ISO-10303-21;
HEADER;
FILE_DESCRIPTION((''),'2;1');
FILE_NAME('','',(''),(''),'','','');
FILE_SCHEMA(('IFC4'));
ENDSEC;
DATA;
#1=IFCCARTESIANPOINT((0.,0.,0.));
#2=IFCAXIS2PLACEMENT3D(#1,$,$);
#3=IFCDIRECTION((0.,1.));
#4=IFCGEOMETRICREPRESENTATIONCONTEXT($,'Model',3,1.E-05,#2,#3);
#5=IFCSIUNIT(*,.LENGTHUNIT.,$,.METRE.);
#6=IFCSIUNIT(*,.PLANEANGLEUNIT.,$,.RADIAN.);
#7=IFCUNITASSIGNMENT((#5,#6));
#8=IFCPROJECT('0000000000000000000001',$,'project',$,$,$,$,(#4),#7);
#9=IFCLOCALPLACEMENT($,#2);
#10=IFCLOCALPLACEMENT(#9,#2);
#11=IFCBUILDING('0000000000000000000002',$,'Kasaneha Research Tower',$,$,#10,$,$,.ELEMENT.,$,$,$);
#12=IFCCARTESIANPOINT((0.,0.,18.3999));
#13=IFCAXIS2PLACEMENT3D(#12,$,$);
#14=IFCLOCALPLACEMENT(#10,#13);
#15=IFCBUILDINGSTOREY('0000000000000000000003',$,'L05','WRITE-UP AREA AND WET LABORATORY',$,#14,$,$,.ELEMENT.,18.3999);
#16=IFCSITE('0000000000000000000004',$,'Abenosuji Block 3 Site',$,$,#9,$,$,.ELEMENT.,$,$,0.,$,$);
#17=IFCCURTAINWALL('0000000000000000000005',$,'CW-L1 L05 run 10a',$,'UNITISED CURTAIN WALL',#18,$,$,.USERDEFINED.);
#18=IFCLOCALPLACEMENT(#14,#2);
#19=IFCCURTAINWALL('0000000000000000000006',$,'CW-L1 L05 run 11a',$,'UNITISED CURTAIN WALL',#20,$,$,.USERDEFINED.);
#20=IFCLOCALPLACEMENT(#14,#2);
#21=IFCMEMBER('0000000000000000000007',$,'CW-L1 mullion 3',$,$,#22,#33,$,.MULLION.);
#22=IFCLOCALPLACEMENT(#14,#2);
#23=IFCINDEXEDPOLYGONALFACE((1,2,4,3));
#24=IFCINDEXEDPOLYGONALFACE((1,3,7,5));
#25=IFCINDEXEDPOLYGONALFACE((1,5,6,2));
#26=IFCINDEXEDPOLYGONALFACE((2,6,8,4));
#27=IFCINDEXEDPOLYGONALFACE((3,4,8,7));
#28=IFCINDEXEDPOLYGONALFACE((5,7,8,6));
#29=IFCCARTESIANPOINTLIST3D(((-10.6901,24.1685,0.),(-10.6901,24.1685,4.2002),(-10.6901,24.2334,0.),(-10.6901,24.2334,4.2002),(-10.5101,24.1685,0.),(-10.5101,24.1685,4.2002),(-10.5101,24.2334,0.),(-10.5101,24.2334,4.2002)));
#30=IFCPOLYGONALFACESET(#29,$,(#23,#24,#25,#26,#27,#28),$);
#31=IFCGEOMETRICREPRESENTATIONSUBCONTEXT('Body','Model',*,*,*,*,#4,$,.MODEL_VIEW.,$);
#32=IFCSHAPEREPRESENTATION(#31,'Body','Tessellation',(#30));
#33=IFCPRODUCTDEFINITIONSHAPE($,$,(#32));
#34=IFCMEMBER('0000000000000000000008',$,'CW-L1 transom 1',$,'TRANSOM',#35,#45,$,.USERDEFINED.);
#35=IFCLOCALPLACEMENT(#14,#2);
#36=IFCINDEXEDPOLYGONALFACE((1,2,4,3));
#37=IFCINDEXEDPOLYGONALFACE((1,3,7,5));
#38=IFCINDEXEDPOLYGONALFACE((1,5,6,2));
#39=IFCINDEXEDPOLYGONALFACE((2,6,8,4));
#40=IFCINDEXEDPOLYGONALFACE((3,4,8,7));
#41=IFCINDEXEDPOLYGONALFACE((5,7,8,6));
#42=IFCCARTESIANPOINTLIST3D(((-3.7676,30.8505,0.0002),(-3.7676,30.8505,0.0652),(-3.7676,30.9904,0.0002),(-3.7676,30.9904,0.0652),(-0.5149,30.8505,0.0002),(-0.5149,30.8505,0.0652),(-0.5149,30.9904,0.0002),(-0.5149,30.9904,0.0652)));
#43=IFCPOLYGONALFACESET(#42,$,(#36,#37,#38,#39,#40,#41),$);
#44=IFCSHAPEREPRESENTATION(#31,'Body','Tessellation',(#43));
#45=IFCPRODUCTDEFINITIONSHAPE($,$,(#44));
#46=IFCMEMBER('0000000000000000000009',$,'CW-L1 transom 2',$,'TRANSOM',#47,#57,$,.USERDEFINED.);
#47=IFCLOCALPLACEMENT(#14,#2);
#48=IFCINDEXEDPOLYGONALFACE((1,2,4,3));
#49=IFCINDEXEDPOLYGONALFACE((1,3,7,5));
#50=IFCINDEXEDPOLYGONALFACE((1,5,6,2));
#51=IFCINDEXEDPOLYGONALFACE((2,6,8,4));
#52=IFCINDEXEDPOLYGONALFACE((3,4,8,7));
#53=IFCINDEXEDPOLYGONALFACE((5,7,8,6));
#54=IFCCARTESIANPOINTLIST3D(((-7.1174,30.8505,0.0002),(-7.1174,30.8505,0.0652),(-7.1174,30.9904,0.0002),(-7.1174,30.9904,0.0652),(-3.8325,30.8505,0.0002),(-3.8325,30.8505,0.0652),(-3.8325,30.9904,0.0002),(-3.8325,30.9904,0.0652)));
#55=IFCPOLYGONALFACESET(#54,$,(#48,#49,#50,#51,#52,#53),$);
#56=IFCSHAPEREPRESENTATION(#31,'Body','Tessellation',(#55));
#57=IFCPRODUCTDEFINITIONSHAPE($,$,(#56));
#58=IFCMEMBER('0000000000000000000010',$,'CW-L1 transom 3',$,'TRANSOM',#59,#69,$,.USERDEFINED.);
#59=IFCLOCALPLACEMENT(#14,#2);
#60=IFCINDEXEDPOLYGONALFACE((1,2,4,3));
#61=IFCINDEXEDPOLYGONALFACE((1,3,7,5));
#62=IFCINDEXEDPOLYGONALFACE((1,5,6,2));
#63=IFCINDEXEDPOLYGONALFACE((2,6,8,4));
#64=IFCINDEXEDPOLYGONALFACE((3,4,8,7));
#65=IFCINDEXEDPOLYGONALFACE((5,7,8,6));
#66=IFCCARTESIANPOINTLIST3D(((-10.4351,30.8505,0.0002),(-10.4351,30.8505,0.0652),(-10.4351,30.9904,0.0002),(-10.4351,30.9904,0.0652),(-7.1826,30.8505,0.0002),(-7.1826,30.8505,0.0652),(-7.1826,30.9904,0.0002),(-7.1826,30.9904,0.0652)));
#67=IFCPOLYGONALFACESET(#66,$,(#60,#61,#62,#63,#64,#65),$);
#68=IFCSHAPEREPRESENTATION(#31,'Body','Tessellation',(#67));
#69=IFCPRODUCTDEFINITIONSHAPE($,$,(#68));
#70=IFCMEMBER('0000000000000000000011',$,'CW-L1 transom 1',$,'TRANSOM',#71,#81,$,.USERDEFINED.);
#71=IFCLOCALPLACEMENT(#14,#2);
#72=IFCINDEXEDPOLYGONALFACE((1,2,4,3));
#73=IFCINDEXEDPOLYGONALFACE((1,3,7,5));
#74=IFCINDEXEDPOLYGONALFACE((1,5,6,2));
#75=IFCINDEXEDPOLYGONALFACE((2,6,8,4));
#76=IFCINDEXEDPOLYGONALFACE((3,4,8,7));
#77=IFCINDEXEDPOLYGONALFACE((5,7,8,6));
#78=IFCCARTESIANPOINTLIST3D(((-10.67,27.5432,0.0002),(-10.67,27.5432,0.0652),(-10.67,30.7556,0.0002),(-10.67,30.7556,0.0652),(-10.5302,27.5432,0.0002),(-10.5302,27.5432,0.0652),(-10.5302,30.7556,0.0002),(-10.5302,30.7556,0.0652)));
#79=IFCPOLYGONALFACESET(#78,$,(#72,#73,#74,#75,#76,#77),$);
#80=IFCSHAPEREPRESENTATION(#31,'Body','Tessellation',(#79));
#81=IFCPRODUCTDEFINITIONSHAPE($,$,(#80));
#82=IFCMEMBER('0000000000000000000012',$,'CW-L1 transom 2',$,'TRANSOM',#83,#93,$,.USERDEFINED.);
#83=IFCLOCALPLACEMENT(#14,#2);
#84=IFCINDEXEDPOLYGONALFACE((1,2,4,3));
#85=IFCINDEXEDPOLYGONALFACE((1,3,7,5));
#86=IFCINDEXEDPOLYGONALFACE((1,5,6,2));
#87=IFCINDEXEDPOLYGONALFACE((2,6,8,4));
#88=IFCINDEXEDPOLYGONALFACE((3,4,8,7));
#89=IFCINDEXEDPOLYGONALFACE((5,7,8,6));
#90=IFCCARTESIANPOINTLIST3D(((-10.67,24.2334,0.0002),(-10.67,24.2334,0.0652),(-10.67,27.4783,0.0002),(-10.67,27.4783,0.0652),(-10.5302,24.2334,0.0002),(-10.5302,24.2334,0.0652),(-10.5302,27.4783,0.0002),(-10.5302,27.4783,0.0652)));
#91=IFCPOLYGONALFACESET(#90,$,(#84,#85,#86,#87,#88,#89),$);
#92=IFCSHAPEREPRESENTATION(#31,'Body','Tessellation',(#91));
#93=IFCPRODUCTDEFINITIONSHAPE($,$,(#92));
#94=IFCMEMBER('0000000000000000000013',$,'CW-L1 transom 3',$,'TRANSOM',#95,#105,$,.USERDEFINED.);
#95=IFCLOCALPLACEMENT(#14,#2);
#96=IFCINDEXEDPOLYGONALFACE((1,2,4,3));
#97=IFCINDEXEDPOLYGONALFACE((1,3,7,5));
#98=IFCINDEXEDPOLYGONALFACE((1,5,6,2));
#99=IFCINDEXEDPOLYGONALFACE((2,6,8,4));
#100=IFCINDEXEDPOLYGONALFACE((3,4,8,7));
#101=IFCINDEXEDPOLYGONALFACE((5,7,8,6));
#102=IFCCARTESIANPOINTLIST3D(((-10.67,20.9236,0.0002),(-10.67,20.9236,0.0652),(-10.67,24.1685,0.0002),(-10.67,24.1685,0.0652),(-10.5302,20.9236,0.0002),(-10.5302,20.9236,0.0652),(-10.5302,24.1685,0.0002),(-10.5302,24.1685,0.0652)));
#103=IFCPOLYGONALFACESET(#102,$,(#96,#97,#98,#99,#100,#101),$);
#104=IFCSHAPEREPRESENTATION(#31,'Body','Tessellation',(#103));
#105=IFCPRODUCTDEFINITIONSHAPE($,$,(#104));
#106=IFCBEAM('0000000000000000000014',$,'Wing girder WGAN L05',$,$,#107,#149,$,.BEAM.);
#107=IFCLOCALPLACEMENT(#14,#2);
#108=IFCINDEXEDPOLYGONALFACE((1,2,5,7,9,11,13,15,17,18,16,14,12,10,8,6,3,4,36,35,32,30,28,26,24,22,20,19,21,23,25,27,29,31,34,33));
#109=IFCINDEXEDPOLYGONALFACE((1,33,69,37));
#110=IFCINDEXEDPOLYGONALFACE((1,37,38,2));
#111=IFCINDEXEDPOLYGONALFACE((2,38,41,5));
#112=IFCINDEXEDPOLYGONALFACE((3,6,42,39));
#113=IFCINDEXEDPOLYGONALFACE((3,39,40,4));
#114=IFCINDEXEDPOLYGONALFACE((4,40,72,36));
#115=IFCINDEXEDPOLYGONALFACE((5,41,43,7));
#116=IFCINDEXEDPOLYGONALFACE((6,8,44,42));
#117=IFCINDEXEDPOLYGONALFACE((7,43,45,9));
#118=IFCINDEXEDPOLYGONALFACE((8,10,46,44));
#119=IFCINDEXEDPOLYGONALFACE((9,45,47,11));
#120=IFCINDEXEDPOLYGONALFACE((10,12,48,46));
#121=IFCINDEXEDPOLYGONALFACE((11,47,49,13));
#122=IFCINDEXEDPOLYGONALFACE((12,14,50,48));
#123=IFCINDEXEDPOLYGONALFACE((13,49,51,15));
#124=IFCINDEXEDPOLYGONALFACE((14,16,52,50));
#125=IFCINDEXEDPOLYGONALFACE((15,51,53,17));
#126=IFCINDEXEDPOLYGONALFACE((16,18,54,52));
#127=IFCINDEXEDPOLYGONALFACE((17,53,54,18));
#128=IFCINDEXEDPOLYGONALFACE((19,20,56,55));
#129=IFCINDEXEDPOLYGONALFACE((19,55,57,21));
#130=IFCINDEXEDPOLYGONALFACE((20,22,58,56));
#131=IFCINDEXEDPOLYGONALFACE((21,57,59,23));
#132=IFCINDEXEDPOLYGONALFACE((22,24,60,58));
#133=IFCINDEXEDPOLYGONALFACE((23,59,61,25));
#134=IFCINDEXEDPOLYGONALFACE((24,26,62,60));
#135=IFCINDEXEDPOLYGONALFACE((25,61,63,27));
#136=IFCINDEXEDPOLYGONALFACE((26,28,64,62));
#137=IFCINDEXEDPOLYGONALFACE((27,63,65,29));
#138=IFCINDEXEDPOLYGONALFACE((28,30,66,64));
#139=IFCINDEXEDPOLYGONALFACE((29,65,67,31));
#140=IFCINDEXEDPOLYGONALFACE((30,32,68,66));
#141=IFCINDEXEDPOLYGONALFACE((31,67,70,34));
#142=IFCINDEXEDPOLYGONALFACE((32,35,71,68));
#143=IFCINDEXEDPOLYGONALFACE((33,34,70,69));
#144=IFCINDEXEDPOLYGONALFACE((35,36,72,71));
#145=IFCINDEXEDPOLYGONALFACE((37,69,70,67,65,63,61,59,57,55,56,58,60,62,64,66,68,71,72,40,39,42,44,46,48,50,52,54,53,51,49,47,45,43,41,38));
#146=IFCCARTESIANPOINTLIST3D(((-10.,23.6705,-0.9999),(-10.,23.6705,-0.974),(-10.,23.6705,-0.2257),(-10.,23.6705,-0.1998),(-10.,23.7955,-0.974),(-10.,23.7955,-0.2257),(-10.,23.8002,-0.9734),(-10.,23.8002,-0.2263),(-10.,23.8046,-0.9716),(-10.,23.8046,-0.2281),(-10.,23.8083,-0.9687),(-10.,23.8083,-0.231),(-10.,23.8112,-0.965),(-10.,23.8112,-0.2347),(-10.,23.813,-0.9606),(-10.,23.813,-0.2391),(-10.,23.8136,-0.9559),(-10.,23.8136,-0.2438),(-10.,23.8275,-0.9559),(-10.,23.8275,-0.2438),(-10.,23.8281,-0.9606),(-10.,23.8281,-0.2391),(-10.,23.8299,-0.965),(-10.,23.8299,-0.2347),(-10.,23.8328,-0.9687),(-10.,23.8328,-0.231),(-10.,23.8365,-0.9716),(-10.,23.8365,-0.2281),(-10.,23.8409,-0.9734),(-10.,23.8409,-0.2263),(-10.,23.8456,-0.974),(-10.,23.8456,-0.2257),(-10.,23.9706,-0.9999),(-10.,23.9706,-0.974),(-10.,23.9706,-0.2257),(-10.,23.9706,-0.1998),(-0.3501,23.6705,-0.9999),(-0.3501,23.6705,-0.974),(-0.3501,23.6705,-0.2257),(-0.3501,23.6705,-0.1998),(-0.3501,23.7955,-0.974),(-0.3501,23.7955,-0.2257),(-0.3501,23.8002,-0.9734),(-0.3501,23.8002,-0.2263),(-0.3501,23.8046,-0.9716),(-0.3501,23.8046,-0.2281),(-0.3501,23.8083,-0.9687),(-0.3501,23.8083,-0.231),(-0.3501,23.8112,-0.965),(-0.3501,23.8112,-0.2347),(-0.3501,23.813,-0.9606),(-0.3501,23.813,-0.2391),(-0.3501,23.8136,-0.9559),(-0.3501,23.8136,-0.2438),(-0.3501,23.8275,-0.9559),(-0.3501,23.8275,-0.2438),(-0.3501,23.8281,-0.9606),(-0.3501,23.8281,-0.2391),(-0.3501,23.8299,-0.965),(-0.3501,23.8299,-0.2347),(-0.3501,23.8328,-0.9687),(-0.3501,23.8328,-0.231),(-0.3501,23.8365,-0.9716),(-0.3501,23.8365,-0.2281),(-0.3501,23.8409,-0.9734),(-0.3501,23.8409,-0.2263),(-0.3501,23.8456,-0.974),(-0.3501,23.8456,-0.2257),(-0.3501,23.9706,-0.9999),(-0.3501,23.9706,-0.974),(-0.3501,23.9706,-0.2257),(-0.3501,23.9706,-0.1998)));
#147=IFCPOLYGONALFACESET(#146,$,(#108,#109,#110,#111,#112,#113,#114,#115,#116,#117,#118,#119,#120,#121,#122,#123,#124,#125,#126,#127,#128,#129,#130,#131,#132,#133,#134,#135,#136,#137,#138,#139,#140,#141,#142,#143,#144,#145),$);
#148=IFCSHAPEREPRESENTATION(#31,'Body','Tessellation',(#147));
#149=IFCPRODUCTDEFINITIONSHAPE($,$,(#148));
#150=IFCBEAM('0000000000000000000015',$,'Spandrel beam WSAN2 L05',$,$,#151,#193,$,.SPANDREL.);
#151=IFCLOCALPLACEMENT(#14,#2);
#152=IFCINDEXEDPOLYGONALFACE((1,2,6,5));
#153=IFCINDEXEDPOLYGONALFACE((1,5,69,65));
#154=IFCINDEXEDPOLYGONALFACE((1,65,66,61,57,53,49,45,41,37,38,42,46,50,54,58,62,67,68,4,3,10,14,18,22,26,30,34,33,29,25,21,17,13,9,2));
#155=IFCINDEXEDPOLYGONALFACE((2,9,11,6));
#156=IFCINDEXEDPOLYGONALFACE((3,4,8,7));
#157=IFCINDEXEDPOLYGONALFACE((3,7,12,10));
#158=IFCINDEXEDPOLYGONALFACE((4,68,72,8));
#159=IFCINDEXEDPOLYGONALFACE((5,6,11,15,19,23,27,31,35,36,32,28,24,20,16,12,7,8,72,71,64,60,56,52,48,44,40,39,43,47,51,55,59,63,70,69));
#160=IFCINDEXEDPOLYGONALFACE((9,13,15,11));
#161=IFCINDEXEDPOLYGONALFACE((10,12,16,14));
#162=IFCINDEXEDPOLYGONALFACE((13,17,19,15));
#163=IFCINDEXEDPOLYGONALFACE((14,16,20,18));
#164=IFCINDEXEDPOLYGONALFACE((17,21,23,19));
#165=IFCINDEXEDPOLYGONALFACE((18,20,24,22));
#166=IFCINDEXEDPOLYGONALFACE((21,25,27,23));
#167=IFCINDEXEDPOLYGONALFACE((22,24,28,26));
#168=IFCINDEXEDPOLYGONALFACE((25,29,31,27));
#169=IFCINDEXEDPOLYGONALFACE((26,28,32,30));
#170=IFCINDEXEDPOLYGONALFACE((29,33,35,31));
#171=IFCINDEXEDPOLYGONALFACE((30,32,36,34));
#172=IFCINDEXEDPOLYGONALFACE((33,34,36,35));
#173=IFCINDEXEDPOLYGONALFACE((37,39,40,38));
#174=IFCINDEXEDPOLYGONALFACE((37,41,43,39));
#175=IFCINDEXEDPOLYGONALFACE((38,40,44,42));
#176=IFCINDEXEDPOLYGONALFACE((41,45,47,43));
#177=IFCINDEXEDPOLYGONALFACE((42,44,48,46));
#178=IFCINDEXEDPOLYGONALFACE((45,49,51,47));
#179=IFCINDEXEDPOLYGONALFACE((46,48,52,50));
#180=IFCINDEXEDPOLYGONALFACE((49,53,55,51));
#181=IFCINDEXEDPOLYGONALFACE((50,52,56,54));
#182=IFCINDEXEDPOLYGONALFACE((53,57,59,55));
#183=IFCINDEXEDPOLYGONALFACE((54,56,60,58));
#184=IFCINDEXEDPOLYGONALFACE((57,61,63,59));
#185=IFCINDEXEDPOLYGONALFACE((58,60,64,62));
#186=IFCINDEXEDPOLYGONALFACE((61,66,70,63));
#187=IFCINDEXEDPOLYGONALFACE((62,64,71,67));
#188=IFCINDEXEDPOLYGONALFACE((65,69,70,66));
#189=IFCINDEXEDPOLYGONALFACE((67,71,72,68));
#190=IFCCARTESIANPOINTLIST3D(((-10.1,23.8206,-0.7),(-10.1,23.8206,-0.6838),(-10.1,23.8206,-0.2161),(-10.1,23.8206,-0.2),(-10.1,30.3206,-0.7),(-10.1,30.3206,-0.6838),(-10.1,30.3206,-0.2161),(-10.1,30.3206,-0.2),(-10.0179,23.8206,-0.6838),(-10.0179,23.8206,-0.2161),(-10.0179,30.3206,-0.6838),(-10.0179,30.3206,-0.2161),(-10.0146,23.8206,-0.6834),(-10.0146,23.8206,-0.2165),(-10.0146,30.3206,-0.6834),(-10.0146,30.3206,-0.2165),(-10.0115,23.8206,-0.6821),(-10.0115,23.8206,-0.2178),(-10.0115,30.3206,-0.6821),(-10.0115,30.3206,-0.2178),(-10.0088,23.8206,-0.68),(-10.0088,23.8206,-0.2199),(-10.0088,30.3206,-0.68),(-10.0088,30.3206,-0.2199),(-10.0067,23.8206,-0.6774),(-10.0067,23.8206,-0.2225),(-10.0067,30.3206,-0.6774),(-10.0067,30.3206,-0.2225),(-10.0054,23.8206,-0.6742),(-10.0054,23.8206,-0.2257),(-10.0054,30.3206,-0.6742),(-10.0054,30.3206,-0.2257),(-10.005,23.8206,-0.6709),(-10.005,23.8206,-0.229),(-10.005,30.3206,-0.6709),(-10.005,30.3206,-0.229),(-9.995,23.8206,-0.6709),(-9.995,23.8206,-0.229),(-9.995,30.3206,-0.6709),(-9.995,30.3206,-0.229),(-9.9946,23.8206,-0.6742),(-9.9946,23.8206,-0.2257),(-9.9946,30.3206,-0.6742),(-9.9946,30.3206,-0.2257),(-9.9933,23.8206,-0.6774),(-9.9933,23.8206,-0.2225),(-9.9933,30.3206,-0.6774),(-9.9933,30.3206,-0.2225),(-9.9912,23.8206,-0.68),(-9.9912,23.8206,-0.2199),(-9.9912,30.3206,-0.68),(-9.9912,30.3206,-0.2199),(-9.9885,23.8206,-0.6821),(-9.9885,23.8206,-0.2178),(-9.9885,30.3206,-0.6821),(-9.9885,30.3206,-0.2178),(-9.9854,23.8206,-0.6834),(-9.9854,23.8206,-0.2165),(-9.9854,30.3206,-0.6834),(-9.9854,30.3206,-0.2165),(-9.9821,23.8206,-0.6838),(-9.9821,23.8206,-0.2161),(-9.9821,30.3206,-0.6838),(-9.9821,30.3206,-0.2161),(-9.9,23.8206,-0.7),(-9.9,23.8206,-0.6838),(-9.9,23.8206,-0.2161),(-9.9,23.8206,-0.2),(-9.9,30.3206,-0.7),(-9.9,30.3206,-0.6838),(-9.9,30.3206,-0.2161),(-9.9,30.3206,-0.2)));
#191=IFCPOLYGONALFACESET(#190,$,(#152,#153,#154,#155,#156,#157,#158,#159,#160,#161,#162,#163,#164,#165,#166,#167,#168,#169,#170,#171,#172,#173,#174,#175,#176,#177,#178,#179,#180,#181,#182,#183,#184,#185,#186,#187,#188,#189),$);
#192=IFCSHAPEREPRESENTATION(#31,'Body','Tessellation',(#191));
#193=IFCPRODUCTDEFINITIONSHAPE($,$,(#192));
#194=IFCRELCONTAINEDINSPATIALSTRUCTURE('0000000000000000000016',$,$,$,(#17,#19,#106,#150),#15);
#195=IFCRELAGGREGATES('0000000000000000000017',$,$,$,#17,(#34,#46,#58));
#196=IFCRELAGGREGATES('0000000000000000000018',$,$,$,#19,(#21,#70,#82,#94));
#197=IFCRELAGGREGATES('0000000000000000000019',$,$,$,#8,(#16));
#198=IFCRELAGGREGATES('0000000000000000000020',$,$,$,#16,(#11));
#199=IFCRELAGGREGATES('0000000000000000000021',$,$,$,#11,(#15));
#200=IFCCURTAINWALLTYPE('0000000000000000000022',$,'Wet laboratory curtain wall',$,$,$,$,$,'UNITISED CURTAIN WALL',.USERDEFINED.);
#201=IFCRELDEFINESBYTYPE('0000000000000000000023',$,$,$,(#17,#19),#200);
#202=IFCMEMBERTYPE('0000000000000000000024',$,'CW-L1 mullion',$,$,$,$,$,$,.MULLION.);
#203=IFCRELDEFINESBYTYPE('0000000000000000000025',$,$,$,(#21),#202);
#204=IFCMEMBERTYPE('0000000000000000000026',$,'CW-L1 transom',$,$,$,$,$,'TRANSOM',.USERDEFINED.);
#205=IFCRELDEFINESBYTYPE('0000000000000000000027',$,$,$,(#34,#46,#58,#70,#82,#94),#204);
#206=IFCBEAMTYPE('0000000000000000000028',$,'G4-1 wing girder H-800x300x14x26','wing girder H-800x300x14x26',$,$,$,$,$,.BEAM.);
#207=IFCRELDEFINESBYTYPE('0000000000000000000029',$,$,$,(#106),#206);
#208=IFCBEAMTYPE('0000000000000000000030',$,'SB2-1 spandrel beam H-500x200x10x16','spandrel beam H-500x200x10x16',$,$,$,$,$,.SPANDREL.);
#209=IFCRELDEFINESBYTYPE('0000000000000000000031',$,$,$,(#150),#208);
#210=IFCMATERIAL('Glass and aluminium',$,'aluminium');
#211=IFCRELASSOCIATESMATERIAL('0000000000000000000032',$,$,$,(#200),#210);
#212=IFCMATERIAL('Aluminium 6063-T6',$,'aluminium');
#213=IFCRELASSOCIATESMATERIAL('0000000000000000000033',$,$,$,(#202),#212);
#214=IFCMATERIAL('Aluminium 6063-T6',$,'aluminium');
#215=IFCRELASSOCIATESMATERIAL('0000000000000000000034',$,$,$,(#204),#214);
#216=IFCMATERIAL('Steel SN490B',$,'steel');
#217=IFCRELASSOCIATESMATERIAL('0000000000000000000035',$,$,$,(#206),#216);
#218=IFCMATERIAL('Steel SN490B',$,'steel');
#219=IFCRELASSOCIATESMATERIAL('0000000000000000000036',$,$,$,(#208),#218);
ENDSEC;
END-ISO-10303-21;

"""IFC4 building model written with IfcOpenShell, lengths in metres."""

from ifc_helpers import new_model, si_unit, direction, frame, origin, origin_2d, place, context, subcontext, project, spatial, rectangle, i_section, extrude, material, material_profile, profile_set, type_object, element, aggregate, save


model = new_model("IFC4")

# Units and contexts
model_context = context("Model", 3, precision=1e-05, world=origin(), true_north=direction((0.0, 1.0)))
body_context = subcontext(model_context, "Body", "Model", "MODEL_VIEW")
ifc_project = project(units=[si_unit("LENGTHUNIT", "METRE"), si_unit("PLANEANGLEUNIT", "RADIAN")], contexts=[model_context])

# Site, building, storey
site_placement = place(None, origin())
site = spatial("IfcSite", under=ifc_project, at=site_placement, Name="Abenosuji Block 3 Site", CompositionType="ELEMENT", RefElevation=0.0)
building_placement = place(site_placement, origin())
building = spatial("IfcBuilding", under=site, at=building_placement, Name="Kasaneha Research Tower", CompositionType="ELEMENT")
storey_placement = place(building_placement, frame((0.0, 0.0, 18.3999)))
storey = spatial("IfcBuildingStorey", under=building, at=storey_placement, Name="L05", Description="WRITE-UP AREA AND WET LABORATORY", CompositionType="ELEMENT", Elevation=18.3999)

# Curtain walls, member
ifc_material_1 = material(Name="Glass and aluminium", Category="aluminium")
curtain_wall_type = type_object("IfcCurtainWallType", Name="Wet laboratory curtain wall", ElementType="UNITISED CURTAIN WALL", PredefinedType="USERDEFINED", material=ifc_material_1)
curtain_wall_1_placement = place(storey_placement, origin())
curtain_wall_1 = element("IfcCurtainWall", 1, at=curtain_wall_1_placement, inside=storey, type_object=curtain_wall_type, Name="CW-L1 L05 run 10a", ObjectType="UNITISED CURTAIN WALL", PredefinedType="USERDEFINED")
ifc_material_2 = material(Name="Aluminium 6063-T6", Category="aluminium")
ifc_material_profile_1 = material_profile(ifc_material_2, rectangle(XDim=0.0649, YDim=0.1799, at=origin_2d()), Name="CW-L1 mullion 65x180")
ifc_profile_set_1 = profile_set([ifc_material_profile_1], Name="Aluminium 6063-T6")
member_type_1 = type_object("IfcMemberType", Name="CW-L1 mullion", PredefinedType="MULLION", material=ifc_profile_set_1)
curtain_wall_2_placement = place(storey_placement, origin())
curtain_wall_2 = element("IfcCurtainWall", 2, at=curtain_wall_2_placement, inside=storey, type_object=curtain_wall_type, Name="CW-L1 L05 run 11a", ObjectType="UNITISED CURTAIN WALL", PredefinedType="USERDEFINED")
member_1_placement = place(storey_placement, frame((-10.6001, 24.2009, 0.0), z_axis=(0.0, 0.0, 1.0), x_axis=(0.0, -1.0, 0.0)))
member_1 = element("IfcMember", 3, at=member_1_placement, type_object=member_type_1, Name="CW-L1 mullion 3", PredefinedType="MULLION", context=body_context, shape_type="SweptSolid", body=[
    extrude(rectangle(XDim=0.0649, YDim=0.1799, at=origin_2d()), origin(), (0.0, 0.0, 1.0), 4.2002),
])

# Members
ifc_material_3 = material(Name="Aluminium 6063-T6", Category="aluminium")
ifc_material_profile_2 = material_profile(ifc_material_3, rectangle(XDim=0.1399, YDim=0.0649, at=origin_2d()), Name="CW-L1 transom 140x65")
ifc_profile_set_2 = profile_set([ifc_material_profile_2], Name="Aluminium 6063-T6")
member_type_2 = type_object("IfcMemberType", Name="CW-L1 transom", ElementType="TRANSOM", PredefinedType="USERDEFINED", material=ifc_profile_set_2)
member_2_placement = place(storey_placement, frame((-0.5149, 30.9204, 0.0327), z_axis=(-1.0, 0.0, 0.0), x_axis=(0.0, -1.0, 0.0)))
member_2 = element("IfcMember", 4, at=member_2_placement, type_object=member_type_2, Name="CW-L1 transom 1", ObjectType="TRANSOM", PredefinedType="USERDEFINED", context=body_context, shape_type="SweptSolid", body=[
    extrude(rectangle(XDim=0.1399, YDim=0.0649, at=origin_2d()), origin(), (0.0, 0.0, 1.0), 3.2527),
])
member_3_placement = place(storey_placement, frame((-3.8325, 30.9204, 0.0327), z_axis=(-1.0, 0.0, 0.0), x_axis=(0.0, -1.0, 0.0)))
member_3 = element("IfcMember", 5, at=member_3_placement, type_object=member_type_2, Name="CW-L1 transom 2", ObjectType="TRANSOM", PredefinedType="USERDEFINED", context=body_context, shape_type="SweptSolid", body=[
    extrude(rectangle(XDim=0.1399, YDim=0.0649, at=origin_2d()), origin(), (0.0, 0.0, 1.0), 3.2849),
])
member_4_placement = place(storey_placement, frame((-7.1826, 30.9204, 0.0327), z_axis=(-1.0, 0.0, 0.0), x_axis=(0.0, -1.0, 0.0)))
member_4 = element("IfcMember", 6, at=member_4_placement, type_object=member_type_2, Name="CW-L1 transom 3", ObjectType="TRANSOM", PredefinedType="USERDEFINED", context=body_context, shape_type="SweptSolid", body=[
    extrude(rectangle(XDim=0.1399, YDim=0.0649, at=origin_2d()), origin(), (0.0, 0.0, 1.0), 3.2524),
])
member_5_placement = place(storey_placement, frame((-10.6001, 30.7556, 0.0327), z_axis=(0.0, -1.0, 0.0), x_axis=(1.0, 0.0, 0.0)))
member_5 = element("IfcMember", 7, at=member_5_placement, type_object=member_type_2, Name="CW-L1 transom 1", ObjectType="TRANSOM", PredefinedType="USERDEFINED", context=body_context, shape_type="SweptSolid", body=[
    extrude(rectangle(XDim=0.1399, YDim=0.0649, at=origin_2d()), origin(), (0.0, 0.0, 1.0), 3.2124),
])
member_6_placement = place(storey_placement, frame((-10.6001, 27.4783, 0.0327), z_axis=(0.0, -1.0, 0.0), x_axis=(1.0, 0.0, 0.0)))
member_6 = element("IfcMember", 8, at=member_6_placement, type_object=member_type_2, Name="CW-L1 transom 2", ObjectType="TRANSOM", PredefinedType="USERDEFINED", context=body_context, shape_type="SweptSolid", body=[
    extrude(rectangle(XDim=0.1399, YDim=0.0649, at=origin_2d()), origin(), (0.0, 0.0, 1.0), 3.2449),
])
member_7_placement = place(storey_placement, frame((-10.6001, 24.1685, 0.0327), z_axis=(0.0, -1.0, 0.0), x_axis=(1.0, 0.0, 0.0)))
member_7 = element("IfcMember", 9, at=member_7_placement, type_object=member_type_2, Name="CW-L1 transom 3", ObjectType="TRANSOM", PredefinedType="USERDEFINED", context=body_context, shape_type="SweptSolid", body=[
    extrude(rectangle(XDim=0.1399, YDim=0.0649, at=origin_2d()), origin(), (0.0, 0.0, 1.0), 3.2449),
])

# Beams
ifc_material_4 = material(Name="Steel SN490B", Category="steel")
ifc_material_profile_3 = material_profile(ifc_material_4, i_section(OverallWidth=0.3, OverallDepth=0.8, WebThickness=0.0139, FlangeThickness=0.0259, FilletRadius=0.0181, at=origin_2d()), Name="H-800x300x14x26")
ifc_profile_set_3 = profile_set([ifc_material_profile_3], Name="Steel SN490B")
beam_type_1 = type_object("IfcBeamType", Name="G4-1 wing girder H-800x300x14x26", Description="wing girder H-800x300x14x26", PredefinedType="BEAM", material=ifc_profile_set_3)
beam_1_placement = place(storey_placement, frame((-10.0, 23.8206, -0.5999), z_axis=(1.0, 0.0, 0.0), x_axis=(0.0, 1.0, 0.0)))
element("IfcBeam", 10, at=beam_1_placement, inside=storey, type_object=beam_type_1, Name="Wing girder WGAN L05", PredefinedType="BEAM", context=body_context, shape_type="SweptSolid", body=[
    extrude(i_section(OverallWidth=0.3, OverallDepth=0.8, WebThickness=0.0139, FlangeThickness=0.0259, FilletRadius=0.0181, at=origin_2d()), origin(), (0.0, 0.0, 1.0), 9.6499),
])
ifc_material_5 = material(Name="Steel SN490B", Category="steel")
ifc_material_profile_4 = material_profile(ifc_material_5, i_section(OverallWidth=0.2, OverallDepth=0.5, WebThickness=0.01, FlangeThickness=0.0161, FilletRadius=0.0129, at=origin_2d()), Name="H-500x200x10x16")
ifc_profile_set_4 = profile_set([ifc_material_profile_4], Name="Steel SN490B")
beam_type_2 = type_object("IfcBeamType", Name="SB2-1 spandrel beam H-500x200x10x16", Description="spandrel beam H-500x200x10x16", PredefinedType="SPANDREL", material=ifc_profile_set_4)
beam_2_placement = place(storey_placement, frame((-10.0, 23.8206, -0.45), z_axis=(0.0, 1.0, 0.0), x_axis=(-1.0, 0.0, 0.0)))
element("IfcBeam", 11, at=beam_2_placement, inside=storey, type_object=beam_type_2, Name="Spandrel beam WSAN2 L05", PredefinedType="SPANDREL", context=body_context, shape_type="SweptSolid", body=[
    extrude(i_section(OverallWidth=0.2, OverallDepth=0.5, WebThickness=0.01, FlangeThickness=0.0161, FilletRadius=0.0129, at=origin_2d()), origin(), (0.0, 0.0, 1.0), 6.5),
])

aggregate(curtain_wall_1, [member_2, member_3, member_4])
aggregate(curtain_wall_2, [member_1, member_5, member_6, member_7])

save(model, "model.ifc")
